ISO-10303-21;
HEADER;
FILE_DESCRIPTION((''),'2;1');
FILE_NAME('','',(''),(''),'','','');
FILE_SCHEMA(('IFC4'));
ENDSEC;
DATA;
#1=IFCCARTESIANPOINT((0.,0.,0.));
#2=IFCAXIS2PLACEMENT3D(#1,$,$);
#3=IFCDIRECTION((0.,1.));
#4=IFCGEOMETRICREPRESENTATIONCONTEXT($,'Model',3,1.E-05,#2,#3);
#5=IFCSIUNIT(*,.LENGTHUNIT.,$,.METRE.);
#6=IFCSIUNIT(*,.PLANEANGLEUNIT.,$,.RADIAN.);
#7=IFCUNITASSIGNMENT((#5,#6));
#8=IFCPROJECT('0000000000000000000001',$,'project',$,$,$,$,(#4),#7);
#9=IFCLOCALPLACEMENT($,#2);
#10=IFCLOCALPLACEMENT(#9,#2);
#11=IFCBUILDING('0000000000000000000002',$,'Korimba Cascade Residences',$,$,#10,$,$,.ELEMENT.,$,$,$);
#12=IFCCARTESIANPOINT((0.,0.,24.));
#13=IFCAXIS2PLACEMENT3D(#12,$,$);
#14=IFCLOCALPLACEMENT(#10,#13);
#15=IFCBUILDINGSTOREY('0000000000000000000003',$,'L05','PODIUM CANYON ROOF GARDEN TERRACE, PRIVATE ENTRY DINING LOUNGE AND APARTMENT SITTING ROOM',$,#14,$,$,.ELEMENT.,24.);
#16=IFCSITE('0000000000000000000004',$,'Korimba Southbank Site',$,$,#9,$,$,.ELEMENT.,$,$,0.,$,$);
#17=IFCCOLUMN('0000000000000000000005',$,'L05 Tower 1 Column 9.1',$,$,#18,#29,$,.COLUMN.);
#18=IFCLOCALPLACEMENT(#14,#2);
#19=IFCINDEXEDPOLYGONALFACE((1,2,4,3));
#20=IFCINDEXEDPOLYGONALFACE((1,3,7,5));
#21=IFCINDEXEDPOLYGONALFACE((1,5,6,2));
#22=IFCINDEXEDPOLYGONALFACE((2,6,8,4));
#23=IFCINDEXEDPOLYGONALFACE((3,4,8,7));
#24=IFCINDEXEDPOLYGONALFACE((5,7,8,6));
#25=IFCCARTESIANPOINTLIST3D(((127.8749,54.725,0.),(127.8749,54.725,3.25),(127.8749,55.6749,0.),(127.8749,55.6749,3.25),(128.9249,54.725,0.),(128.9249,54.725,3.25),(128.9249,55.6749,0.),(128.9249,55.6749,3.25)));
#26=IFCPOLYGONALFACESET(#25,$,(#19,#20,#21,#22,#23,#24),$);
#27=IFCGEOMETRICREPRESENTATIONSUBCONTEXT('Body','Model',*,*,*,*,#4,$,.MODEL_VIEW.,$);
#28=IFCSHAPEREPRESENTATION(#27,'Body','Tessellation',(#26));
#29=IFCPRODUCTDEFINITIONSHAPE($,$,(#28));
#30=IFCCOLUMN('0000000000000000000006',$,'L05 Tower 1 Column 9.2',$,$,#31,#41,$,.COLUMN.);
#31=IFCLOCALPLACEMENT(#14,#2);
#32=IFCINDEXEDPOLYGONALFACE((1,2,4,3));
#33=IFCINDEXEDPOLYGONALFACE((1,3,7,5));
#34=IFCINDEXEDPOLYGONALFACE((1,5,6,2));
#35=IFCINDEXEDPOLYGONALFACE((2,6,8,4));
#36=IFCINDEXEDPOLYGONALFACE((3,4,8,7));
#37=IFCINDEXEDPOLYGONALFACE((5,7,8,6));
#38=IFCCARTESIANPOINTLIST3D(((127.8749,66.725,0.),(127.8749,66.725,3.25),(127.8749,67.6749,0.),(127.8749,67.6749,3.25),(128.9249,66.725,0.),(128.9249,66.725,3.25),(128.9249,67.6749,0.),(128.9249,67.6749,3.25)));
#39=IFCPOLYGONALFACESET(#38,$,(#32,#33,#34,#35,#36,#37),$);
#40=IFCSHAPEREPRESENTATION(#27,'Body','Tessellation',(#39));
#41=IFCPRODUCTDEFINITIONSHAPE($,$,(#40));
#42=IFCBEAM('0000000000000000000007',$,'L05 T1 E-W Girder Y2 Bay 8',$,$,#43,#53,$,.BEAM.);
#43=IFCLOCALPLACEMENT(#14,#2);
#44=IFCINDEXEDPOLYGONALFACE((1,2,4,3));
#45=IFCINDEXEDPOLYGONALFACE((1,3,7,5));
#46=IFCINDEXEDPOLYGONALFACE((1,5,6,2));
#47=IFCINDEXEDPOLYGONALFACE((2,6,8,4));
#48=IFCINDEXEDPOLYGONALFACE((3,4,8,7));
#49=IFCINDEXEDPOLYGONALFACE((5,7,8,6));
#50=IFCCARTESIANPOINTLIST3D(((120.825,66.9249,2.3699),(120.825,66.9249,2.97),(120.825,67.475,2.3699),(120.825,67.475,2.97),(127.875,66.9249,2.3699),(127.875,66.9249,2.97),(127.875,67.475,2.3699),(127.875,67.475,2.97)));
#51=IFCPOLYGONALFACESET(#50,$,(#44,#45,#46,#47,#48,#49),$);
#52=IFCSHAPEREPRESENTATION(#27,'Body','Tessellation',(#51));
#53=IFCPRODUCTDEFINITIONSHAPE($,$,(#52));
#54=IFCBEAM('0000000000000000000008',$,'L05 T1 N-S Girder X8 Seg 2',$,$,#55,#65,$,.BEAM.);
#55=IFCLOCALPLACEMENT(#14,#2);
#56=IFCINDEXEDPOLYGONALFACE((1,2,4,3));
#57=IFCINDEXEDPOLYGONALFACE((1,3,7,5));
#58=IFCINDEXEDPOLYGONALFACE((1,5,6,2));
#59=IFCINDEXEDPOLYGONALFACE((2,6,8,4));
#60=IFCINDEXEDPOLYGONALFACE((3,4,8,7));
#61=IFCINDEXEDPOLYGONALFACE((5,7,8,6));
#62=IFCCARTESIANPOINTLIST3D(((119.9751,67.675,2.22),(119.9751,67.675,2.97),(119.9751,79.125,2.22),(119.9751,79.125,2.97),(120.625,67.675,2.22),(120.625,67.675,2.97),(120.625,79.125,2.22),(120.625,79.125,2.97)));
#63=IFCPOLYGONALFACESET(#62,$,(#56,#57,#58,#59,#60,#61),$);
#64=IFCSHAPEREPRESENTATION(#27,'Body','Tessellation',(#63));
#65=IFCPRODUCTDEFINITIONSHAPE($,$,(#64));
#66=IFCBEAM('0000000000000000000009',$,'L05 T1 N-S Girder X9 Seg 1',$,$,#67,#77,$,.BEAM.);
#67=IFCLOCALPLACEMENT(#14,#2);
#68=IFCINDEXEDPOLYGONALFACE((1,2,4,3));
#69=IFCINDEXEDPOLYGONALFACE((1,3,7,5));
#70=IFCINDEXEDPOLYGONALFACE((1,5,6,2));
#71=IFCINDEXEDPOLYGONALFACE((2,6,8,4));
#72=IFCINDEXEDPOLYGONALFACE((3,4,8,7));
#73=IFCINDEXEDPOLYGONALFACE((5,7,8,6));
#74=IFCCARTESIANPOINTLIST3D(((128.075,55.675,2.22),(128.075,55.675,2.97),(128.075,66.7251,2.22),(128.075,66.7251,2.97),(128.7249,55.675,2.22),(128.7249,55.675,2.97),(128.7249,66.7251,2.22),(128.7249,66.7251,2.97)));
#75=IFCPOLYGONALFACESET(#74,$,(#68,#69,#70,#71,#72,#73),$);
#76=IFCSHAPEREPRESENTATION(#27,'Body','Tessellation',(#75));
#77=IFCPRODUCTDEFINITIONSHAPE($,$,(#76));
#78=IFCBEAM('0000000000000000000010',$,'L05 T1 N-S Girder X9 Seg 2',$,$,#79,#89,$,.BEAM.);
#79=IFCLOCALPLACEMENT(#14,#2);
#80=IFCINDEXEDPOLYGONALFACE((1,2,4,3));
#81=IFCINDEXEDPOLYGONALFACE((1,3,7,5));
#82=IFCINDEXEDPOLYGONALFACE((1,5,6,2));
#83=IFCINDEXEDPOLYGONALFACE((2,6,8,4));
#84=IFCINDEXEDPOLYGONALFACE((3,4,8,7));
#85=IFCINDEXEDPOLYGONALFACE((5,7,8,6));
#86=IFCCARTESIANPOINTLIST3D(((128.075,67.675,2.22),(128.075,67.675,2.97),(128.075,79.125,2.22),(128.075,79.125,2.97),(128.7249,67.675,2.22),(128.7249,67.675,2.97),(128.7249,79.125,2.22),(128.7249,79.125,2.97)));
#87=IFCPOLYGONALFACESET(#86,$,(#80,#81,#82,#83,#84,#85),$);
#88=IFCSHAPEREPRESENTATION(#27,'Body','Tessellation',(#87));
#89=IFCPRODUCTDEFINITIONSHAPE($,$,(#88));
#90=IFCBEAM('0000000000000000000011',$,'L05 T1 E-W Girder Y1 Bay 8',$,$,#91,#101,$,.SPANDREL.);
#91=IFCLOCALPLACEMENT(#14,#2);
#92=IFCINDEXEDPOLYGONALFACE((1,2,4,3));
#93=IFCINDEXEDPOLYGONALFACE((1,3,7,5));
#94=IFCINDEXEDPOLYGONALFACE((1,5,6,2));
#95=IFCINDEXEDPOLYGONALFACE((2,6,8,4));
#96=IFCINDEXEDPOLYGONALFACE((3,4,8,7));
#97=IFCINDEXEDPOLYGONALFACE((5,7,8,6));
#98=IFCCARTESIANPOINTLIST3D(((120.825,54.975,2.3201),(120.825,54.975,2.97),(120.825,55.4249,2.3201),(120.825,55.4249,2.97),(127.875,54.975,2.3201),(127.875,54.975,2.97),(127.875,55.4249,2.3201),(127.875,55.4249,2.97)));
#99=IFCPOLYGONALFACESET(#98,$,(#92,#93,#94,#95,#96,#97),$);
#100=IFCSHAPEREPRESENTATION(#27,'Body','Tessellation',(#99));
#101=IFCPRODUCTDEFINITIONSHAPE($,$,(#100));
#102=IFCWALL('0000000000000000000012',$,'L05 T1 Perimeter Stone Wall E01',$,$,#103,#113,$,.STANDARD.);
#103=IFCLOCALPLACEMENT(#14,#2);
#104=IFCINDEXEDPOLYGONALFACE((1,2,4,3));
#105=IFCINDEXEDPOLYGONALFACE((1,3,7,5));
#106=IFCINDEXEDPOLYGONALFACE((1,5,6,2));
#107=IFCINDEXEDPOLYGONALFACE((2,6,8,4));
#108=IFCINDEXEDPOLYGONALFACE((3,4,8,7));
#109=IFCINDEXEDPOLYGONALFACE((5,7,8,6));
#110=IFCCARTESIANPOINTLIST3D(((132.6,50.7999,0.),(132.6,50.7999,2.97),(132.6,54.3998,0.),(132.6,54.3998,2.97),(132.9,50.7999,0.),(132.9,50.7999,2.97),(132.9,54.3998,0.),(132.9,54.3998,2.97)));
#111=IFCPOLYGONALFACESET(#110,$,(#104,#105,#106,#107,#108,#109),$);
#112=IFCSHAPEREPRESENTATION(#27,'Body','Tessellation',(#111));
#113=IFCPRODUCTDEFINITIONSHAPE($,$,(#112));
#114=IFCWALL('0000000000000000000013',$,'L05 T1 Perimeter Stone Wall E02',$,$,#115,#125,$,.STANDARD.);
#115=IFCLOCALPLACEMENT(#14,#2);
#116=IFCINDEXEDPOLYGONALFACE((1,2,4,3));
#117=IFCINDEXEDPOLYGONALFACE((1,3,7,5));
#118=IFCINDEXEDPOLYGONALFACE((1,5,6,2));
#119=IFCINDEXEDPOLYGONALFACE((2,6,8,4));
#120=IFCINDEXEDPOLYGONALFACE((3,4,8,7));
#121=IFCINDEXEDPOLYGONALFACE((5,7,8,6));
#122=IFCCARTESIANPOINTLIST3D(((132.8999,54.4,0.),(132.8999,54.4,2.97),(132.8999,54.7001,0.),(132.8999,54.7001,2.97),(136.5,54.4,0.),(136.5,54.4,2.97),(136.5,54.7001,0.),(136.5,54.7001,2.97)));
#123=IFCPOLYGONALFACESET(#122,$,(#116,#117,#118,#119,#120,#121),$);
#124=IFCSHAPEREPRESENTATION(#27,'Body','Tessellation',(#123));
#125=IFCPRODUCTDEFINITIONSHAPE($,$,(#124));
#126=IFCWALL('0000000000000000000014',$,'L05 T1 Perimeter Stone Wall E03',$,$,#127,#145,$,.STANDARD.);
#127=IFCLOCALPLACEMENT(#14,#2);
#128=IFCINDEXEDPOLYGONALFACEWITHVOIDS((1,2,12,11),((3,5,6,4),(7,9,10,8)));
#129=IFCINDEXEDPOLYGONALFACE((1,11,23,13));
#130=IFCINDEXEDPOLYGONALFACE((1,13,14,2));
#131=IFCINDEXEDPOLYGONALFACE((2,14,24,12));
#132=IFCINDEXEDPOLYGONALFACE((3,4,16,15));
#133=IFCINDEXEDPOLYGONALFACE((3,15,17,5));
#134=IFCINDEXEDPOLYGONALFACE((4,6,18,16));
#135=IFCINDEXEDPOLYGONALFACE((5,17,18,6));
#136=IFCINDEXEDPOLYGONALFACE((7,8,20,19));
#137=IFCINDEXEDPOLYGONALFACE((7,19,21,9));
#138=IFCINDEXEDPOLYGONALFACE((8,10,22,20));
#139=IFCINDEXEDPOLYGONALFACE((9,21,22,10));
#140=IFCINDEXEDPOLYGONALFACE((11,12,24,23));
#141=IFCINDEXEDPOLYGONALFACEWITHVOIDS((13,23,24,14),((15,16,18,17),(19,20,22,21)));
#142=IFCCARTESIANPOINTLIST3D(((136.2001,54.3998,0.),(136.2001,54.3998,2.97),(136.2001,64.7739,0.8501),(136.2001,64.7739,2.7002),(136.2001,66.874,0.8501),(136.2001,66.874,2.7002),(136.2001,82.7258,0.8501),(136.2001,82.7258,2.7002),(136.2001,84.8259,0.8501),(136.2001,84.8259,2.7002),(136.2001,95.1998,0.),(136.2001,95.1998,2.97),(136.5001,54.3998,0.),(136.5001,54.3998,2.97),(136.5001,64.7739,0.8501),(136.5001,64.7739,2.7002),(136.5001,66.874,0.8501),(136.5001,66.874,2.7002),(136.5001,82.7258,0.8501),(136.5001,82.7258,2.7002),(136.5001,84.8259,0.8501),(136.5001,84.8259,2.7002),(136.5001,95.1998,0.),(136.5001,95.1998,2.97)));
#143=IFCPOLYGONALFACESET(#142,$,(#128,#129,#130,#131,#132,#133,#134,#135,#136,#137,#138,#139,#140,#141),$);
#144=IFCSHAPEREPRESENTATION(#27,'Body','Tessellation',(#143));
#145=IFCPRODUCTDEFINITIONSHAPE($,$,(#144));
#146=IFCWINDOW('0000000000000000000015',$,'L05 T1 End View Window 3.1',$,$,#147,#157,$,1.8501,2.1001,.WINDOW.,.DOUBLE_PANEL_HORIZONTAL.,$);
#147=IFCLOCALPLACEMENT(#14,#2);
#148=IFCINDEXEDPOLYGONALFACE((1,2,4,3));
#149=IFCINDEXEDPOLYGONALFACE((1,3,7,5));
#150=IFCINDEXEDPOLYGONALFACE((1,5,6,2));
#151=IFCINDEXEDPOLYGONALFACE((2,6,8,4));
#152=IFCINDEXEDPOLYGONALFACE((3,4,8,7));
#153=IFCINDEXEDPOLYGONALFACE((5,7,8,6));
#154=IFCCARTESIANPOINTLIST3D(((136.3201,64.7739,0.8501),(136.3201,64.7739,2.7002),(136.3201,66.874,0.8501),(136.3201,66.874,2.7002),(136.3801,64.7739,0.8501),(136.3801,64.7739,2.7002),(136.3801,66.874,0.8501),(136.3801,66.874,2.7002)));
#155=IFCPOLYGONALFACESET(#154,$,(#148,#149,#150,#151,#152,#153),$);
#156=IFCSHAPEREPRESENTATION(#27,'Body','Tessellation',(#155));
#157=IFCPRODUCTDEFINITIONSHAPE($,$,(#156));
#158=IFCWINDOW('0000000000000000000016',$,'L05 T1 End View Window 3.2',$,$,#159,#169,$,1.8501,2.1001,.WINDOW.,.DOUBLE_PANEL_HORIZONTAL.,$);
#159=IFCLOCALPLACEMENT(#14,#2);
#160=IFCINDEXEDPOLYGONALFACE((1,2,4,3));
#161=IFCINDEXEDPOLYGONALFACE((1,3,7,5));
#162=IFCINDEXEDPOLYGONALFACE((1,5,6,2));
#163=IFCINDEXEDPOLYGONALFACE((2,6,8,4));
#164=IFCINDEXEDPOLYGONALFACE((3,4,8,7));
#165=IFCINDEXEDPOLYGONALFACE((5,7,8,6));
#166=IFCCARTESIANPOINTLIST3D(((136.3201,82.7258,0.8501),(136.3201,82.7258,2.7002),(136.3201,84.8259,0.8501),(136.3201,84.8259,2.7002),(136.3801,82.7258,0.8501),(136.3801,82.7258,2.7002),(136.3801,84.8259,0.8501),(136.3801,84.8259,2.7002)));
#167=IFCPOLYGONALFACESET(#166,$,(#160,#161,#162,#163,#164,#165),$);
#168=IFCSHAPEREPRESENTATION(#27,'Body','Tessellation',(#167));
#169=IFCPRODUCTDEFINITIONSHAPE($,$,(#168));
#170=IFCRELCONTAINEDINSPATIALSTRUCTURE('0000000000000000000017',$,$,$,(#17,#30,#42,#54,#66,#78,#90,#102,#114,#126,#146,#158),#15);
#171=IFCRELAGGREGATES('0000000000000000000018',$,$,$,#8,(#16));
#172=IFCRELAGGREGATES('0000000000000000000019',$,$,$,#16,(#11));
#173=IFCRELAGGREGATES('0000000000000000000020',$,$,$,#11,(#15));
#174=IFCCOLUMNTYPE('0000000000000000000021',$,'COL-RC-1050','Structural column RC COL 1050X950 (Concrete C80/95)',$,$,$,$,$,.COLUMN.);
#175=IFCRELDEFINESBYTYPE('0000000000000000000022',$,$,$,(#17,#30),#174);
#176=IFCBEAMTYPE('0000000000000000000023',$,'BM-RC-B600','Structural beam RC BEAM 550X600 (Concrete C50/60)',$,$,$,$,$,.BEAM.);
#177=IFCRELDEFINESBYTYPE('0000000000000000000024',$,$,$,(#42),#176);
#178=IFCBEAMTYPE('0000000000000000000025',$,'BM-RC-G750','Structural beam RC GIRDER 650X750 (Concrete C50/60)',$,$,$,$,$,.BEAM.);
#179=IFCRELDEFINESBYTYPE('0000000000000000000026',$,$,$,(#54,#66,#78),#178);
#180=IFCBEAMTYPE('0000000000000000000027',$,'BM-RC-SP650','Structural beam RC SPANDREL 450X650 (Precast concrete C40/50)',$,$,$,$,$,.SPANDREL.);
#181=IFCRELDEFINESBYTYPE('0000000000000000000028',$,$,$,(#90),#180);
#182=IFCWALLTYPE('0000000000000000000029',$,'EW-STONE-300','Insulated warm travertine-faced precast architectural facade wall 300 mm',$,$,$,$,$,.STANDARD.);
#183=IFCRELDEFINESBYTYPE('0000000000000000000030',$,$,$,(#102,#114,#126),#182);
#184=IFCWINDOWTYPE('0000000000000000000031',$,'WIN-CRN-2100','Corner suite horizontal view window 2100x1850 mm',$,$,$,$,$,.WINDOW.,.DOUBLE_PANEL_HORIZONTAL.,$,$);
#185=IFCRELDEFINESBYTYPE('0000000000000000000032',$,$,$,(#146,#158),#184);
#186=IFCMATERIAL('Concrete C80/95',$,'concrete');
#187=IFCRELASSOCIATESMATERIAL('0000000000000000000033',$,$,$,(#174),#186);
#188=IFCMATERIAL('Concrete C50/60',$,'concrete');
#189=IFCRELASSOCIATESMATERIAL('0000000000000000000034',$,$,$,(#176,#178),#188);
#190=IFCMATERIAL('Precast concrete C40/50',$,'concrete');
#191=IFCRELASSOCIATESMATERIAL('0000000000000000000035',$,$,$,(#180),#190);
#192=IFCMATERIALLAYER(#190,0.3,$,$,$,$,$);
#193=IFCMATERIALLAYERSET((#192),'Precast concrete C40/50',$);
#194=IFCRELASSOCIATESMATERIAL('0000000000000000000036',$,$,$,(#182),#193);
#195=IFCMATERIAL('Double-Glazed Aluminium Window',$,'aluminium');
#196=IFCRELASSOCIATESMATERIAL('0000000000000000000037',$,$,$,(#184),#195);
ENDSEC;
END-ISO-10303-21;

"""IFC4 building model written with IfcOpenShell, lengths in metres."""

from ifc_helpers import new_model, si_unit, direction, frame, frame_2d, origin, origin_2d, place, context, subcontext, project, spatial, rectangle, extrude, material, layer, layer_set, material_profile, profile_set, type_object, element, fill, save


model = new_model("IFC4")

# Units and contexts
model_context = context("Model", 3, precision=1e-05, world=origin(), true_north=direction((0.0, 1.0)))
body_context = subcontext(model_context, "Body", "Model", "MODEL_VIEW")
ifc_project = project(units=[si_unit("LENGTHUNIT", "METRE"), si_unit("PLANEANGLEUNIT", "RADIAN")], contexts=[model_context])

# Site, building, storey
site_placement = place(None, origin())
site = spatial("IfcSite", under=ifc_project, at=site_placement, Name="Korimba Southbank Site", CompositionType="ELEMENT", RefElevation=0.0)
building_placement = place(site_placement, origin())
building = spatial("IfcBuilding", under=site, at=building_placement, Name="Korimba Cascade Residences", CompositionType="ELEMENT")
storey_placement = place(building_placement, frame((0.0, 0.0, 24.0)))
storey = spatial("IfcBuildingStorey", under=building, at=storey_placement, Name="L05", Description="PODIUM CANYON ROOF GARDEN TERRACE, PRIVATE ENTRY DINING LOUNGE AND APARTMENT SITTING ROOM", CompositionType="ELEMENT", Elevation=24.0)

# Columns
ifc_material_1 = material(Name="Concrete C80/95", Category="concrete")
ifc_material_profile_1 = material_profile(ifc_material_1, rectangle(XDim=1.05, YDim=0.95, at=origin_2d()), Name="Concrete C80/95")
ifc_profile_set_1 = profile_set([ifc_material_profile_1], Name="Concrete C80/95")
column_type = type_object("IfcColumnType", Name="COL-RC-1050", Description="Structural column RC COL 1050X950 (Concrete C80/95)", PredefinedType="COLUMN", material=ifc_profile_set_1)
for number, where, z_axis, x_axis, name in (
    (1, (128.3999, 55.2, 0.0), (0.0, 0.0, 1.0), (1.0, 0.0, 0.0), "L05 Tower 1 Column 9.1"),
    (2, (128.3999, 67.2, 0.0), (0.0, 0.0, 1.0), (1.0, 0.0, 0.0), "L05 Tower 1 Column 9.2"),
):
    element("IfcColumn", number, at=place(storey_placement, frame(where, z_axis=z_axis, x_axis=x_axis)), inside=storey, type_object=column_type, Name=name, PredefinedType="COLUMN", context=body_context, shape_type="SweptSolid", body=[
        extrude(rectangle(XDim=1.05, YDim=0.95, at=origin_2d()), origin(), (0.0, 0.0, 1.0), 3.25),
    ])

# Beams
ifc_material_2 = material(Name="Concrete C50/60", Category="concrete")
ifc_material_profile_2 = material_profile(ifc_material_2, rectangle(XDim=0.55, YDim=0.6001, at=origin_2d()), Name="Concrete C50/60")
ifc_profile_set_2 = profile_set([ifc_material_profile_2], Name="Concrete C50/60")
beam_type_1 = type_object("IfcBeamType", Name="BM-RC-B600", Description="Structural beam RC BEAM 550X600 (Concrete C50/60)", PredefinedType="BEAM", material=ifc_profile_set_2)
beam_1_placement = place(storey_placement, frame((120.825, 67.2, 2.6699), z_axis=(1.0, 0.0, 0.0), x_axis=(0.0, 1.0, 0.0)))
element("IfcBeam", 3, at=beam_1_placement, inside=storey, type_object=beam_type_1, Name="L05 T1 E-W Girder Y2 Bay 8", PredefinedType="BEAM", context=body_context, shape_type="SweptSolid", body=[
    extrude(rectangle(XDim=0.55, YDim=0.6001, at=origin_2d()), origin(), (0.0, 0.0, 1.0), 7.05),
])
ifc_material_profile_3 = material_profile(ifc_material_2, rectangle(XDim=0.6499, YDim=0.75, at=origin_2d()), Name="Concrete C50/60")
ifc_profile_set_3 = profile_set([ifc_material_profile_3], Name="Concrete C50/60")
beam_type_2 = type_object("IfcBeamType", Name="BM-RC-G750", Description="Structural beam RC GIRDER 650X750 (Concrete C50/60)", PredefinedType="BEAM", material=ifc_profile_set_3)
beam_2_placement = place(storey_placement, frame((120.3, 67.675, 2.595), z_axis=(0.0, 1.0, 0.0), x_axis=(-1.0, 0.0, 0.0)))
element("IfcBeam", 4, at=beam_2_placement, inside=storey, type_object=beam_type_2, Name="L05 T1 N-S Girder X8 Seg 2", PredefinedType="BEAM", context=body_context, shape_type="SweptSolid", body=[
    extrude(rectangle(XDim=0.6499, YDim=0.75, at=origin_2d()), origin(), (0.0, 0.0, 1.0), 11.45),
])
beam_3_placement = place(storey_placement, frame((128.3999, 55.675, 2.595), z_axis=(0.0, 1.0, 0.0), x_axis=(-1.0, 0.0, 0.0)))
element("IfcBeam", 5, at=beam_3_placement, inside=storey, type_object=beam_type_2, Name="L05 T1 N-S Girder X9 Seg 1", PredefinedType="BEAM", context=body_context, shape_type="SweptSolid", body=[
    extrude(rectangle(XDim=0.6499, YDim=0.75, at=origin_2d()), origin(), (0.0, 0.0, 1.0), 11.05),
])
beam_4_placement = place(storey_placement, frame((128.3999, 67.675, 2.595), z_axis=(0.0, 1.0, 0.0), x_axis=(-1.0, 0.0, 0.0)))
element("IfcBeam", 6, at=beam_4_placement, inside=storey, type_object=beam_type_2, Name="L05 T1 N-S Girder X9 Seg 2", PredefinedType="BEAM", context=body_context, shape_type="SweptSolid", body=[
    extrude(rectangle(XDim=0.6499, YDim=0.75, at=origin_2d()), origin(), (0.0, 0.0, 1.0), 11.45),
])
ifc_material_3 = material(Name="Precast concrete C40/50", Category="concrete")
ifc_material_profile_4 = material_profile(ifc_material_3, rectangle(XDim=0.45, YDim=0.6499, at=origin_2d()), Name="Precast concrete C40/50")
ifc_profile_set_4 = profile_set([ifc_material_profile_4], Name="Precast concrete C40/50")
beam_type_3 = type_object("IfcBeamType", Name="BM-RC-SP650", Description="Structural beam RC SPANDREL 450X650 (Precast concrete C40/50)", PredefinedType="SPANDREL", material=ifc_profile_set_4)
beam_5_placement = place(storey_placement, frame((120.825, 55.2, 2.645), z_axis=(1.0, 0.0, 0.0), x_axis=(0.0, 1.0, 0.0)))
element("IfcBeam", 7, at=beam_5_placement, inside=storey, type_object=beam_type_3, Name="L05 T1 E-W Girder Y1 Bay 8", PredefinedType="SPANDREL", context=body_context, shape_type="SweptSolid", body=[
    extrude(rectangle(XDim=0.45, YDim=0.6499, at=origin_2d()), origin(), (0.0, 0.0, 1.0), 7.05),
])

# Walls
ifc_layer_1 = layer(ifc_material_3, 0.3)
ifc_layer_set_1 = layer_set([ifc_layer_1], Name="Precast concrete C40/50")
wall_type_1 = type_object("IfcWallType", Name="EW-STONE-300", Description="Insulated warm travertine-faced precast architectural facade wall 300 mm", PredefinedType="STANDARD", material=ifc_layer_set_1)
wall_1_placement = place(storey_placement, frame((132.75, 50.8, 0.0), z_axis=(0.0, 0.0, 1.0), x_axis=(0.0, 1.0, 0.0)))
element("IfcWall", 8, at=wall_1_placement, inside=storey, type_object=wall_type_1, Name="L05 T1 Perimeter Stone Wall E01", PredefinedType="STANDARD", context=body_context, shape_type="SweptSolid", body=[
    extrude(rectangle(XDim=3.5999, YDim=0.3, at=frame_2d((1.7998, 0.0))), origin(), (0.0, 0.0, 1.0), 2.97),
])
wall_2_placement = place(storey_placement, frame((132.8999, 54.55, 0.0), z_axis=(0.0, 0.0, 1.0), x_axis=(1.0, 0.0, 0.0)))
element("IfcWall", 9, at=wall_2_placement, inside=storey, type_object=wall_type_1, Name="L05 T1 Perimeter Stone Wall E02", PredefinedType="STANDARD", context=body_context, shape_type="SweptSolid", body=[
    extrude(rectangle(XDim=3.6001, YDim=0.3, at=frame_2d((1.8, 0.0))), origin(), (0.0, 0.0, 1.0), 2.97),
])

# Wall, openings, windows
wall_3_placement = place(storey_placement, frame((136.3501, 54.3999, 0.0), z_axis=(0.0, 0.0, 1.0), x_axis=(0.0, 1.0, 0.0)))
wall_3 = element("IfcWall", 10, at=wall_3_placement, inside=storey, type_object=wall_type_1, Name="L05 T1 Perimeter Stone Wall E03", PredefinedType="STANDARD", context=body_context, shape_type="SweptSolid", body=[
    extrude(rectangle(XDim=40.8, YDim=0.3, at=frame_2d((20.3999, 0.0))), origin(), (0.0, 0.0, 1.0), 2.97),
])
opening_1_placement = place(wall_3_placement, frame((10.374, 0.0, 0.8501)))
opening_1 = element("IfcOpeningElement", 11, at=opening_1_placement, cuts=wall_3, PredefinedType="OPENING", context=body_context, shape_type="SweptSolid", body=[
    extrude(rectangle(XDim=2.1001, YDim=1.8501, at=frame_2d((1.05, 0.925))), frame((0.0, 0.1602, 0.0), z_axis=(0.0, -1.0, 0.0), x_axis=(1.0, 0.0, 0.0)), (0.0, 0.0, 1.0), 0.3201),
])
opening_2_placement = place(wall_3_placement, frame((28.3259, 0.0, 0.8501)))
opening_2 = element("IfcOpeningElement", 12, at=opening_2_placement, cuts=wall_3, PredefinedType="OPENING", context=body_context, shape_type="SweptSolid", body=[
    extrude(rectangle(XDim=2.1001, YDim=1.8501, at=frame_2d((1.05, 0.925))), frame((0.0, 0.1602, 0.0), z_axis=(0.0, -1.0, 0.0), x_axis=(1.0, 0.0, 0.0)), (0.0, 0.0, 1.0), 0.3201),
])
ifc_material_4 = material(Name="Double-Glazed Aluminium Window", Category="aluminium")
window_type = type_object("IfcWindowType", Name="WIN-CRN-2100", Description="Corner suite horizontal view window 2100x1850 mm", PartitioningType="DOUBLE_PANEL_HORIZONTAL", PredefinedType="WINDOW", material=ifc_material_4)
window_1_placement = place(opening_1_placement, origin())
window_1 = element("IfcWindow", 13, at=window_1_placement, inside=storey, type_object=window_type, Name="L05 T1 End View Window 3.1", OverallHeight=1.8501, OverallWidth=2.1001, PartitioningType="DOUBLE_PANEL_HORIZONTAL", PredefinedType="WINDOW", context=body_context, shape_type="SweptSolid", body=[
    extrude(rectangle(XDim=2.1001, YDim=1.8501, at=frame_2d((1.05, 0.925))), frame((0.0, 0.03, 0.0), z_axis=(0.0, -1.0, 0.0), x_axis=(1.0, 0.0, 0.0)), (0.0, 0.0, 1.0), 0.0601),
])
fill(opening_1, window_1)
window_2_placement = place(opening_2_placement, origin())
window_2 = element("IfcWindow", 14, at=window_2_placement, inside=storey, type_object=window_type, Name="L05 T1 End View Window 3.2", OverallHeight=1.8501, OverallWidth=2.1001, PartitioningType="DOUBLE_PANEL_HORIZONTAL", PredefinedType="WINDOW", context=body_context, shape_type="SweptSolid", body=[
    extrude(rectangle(XDim=2.1001, YDim=1.8501, at=frame_2d((1.05, 0.925))), frame((0.0, 0.03, 0.0), z_axis=(0.0, -1.0, 0.0), x_axis=(1.0, 0.0, 0.0)), (0.0, 0.0, 1.0), 0.0601),
])
fill(opening_2, window_2)

save(model, "model.ifc")
